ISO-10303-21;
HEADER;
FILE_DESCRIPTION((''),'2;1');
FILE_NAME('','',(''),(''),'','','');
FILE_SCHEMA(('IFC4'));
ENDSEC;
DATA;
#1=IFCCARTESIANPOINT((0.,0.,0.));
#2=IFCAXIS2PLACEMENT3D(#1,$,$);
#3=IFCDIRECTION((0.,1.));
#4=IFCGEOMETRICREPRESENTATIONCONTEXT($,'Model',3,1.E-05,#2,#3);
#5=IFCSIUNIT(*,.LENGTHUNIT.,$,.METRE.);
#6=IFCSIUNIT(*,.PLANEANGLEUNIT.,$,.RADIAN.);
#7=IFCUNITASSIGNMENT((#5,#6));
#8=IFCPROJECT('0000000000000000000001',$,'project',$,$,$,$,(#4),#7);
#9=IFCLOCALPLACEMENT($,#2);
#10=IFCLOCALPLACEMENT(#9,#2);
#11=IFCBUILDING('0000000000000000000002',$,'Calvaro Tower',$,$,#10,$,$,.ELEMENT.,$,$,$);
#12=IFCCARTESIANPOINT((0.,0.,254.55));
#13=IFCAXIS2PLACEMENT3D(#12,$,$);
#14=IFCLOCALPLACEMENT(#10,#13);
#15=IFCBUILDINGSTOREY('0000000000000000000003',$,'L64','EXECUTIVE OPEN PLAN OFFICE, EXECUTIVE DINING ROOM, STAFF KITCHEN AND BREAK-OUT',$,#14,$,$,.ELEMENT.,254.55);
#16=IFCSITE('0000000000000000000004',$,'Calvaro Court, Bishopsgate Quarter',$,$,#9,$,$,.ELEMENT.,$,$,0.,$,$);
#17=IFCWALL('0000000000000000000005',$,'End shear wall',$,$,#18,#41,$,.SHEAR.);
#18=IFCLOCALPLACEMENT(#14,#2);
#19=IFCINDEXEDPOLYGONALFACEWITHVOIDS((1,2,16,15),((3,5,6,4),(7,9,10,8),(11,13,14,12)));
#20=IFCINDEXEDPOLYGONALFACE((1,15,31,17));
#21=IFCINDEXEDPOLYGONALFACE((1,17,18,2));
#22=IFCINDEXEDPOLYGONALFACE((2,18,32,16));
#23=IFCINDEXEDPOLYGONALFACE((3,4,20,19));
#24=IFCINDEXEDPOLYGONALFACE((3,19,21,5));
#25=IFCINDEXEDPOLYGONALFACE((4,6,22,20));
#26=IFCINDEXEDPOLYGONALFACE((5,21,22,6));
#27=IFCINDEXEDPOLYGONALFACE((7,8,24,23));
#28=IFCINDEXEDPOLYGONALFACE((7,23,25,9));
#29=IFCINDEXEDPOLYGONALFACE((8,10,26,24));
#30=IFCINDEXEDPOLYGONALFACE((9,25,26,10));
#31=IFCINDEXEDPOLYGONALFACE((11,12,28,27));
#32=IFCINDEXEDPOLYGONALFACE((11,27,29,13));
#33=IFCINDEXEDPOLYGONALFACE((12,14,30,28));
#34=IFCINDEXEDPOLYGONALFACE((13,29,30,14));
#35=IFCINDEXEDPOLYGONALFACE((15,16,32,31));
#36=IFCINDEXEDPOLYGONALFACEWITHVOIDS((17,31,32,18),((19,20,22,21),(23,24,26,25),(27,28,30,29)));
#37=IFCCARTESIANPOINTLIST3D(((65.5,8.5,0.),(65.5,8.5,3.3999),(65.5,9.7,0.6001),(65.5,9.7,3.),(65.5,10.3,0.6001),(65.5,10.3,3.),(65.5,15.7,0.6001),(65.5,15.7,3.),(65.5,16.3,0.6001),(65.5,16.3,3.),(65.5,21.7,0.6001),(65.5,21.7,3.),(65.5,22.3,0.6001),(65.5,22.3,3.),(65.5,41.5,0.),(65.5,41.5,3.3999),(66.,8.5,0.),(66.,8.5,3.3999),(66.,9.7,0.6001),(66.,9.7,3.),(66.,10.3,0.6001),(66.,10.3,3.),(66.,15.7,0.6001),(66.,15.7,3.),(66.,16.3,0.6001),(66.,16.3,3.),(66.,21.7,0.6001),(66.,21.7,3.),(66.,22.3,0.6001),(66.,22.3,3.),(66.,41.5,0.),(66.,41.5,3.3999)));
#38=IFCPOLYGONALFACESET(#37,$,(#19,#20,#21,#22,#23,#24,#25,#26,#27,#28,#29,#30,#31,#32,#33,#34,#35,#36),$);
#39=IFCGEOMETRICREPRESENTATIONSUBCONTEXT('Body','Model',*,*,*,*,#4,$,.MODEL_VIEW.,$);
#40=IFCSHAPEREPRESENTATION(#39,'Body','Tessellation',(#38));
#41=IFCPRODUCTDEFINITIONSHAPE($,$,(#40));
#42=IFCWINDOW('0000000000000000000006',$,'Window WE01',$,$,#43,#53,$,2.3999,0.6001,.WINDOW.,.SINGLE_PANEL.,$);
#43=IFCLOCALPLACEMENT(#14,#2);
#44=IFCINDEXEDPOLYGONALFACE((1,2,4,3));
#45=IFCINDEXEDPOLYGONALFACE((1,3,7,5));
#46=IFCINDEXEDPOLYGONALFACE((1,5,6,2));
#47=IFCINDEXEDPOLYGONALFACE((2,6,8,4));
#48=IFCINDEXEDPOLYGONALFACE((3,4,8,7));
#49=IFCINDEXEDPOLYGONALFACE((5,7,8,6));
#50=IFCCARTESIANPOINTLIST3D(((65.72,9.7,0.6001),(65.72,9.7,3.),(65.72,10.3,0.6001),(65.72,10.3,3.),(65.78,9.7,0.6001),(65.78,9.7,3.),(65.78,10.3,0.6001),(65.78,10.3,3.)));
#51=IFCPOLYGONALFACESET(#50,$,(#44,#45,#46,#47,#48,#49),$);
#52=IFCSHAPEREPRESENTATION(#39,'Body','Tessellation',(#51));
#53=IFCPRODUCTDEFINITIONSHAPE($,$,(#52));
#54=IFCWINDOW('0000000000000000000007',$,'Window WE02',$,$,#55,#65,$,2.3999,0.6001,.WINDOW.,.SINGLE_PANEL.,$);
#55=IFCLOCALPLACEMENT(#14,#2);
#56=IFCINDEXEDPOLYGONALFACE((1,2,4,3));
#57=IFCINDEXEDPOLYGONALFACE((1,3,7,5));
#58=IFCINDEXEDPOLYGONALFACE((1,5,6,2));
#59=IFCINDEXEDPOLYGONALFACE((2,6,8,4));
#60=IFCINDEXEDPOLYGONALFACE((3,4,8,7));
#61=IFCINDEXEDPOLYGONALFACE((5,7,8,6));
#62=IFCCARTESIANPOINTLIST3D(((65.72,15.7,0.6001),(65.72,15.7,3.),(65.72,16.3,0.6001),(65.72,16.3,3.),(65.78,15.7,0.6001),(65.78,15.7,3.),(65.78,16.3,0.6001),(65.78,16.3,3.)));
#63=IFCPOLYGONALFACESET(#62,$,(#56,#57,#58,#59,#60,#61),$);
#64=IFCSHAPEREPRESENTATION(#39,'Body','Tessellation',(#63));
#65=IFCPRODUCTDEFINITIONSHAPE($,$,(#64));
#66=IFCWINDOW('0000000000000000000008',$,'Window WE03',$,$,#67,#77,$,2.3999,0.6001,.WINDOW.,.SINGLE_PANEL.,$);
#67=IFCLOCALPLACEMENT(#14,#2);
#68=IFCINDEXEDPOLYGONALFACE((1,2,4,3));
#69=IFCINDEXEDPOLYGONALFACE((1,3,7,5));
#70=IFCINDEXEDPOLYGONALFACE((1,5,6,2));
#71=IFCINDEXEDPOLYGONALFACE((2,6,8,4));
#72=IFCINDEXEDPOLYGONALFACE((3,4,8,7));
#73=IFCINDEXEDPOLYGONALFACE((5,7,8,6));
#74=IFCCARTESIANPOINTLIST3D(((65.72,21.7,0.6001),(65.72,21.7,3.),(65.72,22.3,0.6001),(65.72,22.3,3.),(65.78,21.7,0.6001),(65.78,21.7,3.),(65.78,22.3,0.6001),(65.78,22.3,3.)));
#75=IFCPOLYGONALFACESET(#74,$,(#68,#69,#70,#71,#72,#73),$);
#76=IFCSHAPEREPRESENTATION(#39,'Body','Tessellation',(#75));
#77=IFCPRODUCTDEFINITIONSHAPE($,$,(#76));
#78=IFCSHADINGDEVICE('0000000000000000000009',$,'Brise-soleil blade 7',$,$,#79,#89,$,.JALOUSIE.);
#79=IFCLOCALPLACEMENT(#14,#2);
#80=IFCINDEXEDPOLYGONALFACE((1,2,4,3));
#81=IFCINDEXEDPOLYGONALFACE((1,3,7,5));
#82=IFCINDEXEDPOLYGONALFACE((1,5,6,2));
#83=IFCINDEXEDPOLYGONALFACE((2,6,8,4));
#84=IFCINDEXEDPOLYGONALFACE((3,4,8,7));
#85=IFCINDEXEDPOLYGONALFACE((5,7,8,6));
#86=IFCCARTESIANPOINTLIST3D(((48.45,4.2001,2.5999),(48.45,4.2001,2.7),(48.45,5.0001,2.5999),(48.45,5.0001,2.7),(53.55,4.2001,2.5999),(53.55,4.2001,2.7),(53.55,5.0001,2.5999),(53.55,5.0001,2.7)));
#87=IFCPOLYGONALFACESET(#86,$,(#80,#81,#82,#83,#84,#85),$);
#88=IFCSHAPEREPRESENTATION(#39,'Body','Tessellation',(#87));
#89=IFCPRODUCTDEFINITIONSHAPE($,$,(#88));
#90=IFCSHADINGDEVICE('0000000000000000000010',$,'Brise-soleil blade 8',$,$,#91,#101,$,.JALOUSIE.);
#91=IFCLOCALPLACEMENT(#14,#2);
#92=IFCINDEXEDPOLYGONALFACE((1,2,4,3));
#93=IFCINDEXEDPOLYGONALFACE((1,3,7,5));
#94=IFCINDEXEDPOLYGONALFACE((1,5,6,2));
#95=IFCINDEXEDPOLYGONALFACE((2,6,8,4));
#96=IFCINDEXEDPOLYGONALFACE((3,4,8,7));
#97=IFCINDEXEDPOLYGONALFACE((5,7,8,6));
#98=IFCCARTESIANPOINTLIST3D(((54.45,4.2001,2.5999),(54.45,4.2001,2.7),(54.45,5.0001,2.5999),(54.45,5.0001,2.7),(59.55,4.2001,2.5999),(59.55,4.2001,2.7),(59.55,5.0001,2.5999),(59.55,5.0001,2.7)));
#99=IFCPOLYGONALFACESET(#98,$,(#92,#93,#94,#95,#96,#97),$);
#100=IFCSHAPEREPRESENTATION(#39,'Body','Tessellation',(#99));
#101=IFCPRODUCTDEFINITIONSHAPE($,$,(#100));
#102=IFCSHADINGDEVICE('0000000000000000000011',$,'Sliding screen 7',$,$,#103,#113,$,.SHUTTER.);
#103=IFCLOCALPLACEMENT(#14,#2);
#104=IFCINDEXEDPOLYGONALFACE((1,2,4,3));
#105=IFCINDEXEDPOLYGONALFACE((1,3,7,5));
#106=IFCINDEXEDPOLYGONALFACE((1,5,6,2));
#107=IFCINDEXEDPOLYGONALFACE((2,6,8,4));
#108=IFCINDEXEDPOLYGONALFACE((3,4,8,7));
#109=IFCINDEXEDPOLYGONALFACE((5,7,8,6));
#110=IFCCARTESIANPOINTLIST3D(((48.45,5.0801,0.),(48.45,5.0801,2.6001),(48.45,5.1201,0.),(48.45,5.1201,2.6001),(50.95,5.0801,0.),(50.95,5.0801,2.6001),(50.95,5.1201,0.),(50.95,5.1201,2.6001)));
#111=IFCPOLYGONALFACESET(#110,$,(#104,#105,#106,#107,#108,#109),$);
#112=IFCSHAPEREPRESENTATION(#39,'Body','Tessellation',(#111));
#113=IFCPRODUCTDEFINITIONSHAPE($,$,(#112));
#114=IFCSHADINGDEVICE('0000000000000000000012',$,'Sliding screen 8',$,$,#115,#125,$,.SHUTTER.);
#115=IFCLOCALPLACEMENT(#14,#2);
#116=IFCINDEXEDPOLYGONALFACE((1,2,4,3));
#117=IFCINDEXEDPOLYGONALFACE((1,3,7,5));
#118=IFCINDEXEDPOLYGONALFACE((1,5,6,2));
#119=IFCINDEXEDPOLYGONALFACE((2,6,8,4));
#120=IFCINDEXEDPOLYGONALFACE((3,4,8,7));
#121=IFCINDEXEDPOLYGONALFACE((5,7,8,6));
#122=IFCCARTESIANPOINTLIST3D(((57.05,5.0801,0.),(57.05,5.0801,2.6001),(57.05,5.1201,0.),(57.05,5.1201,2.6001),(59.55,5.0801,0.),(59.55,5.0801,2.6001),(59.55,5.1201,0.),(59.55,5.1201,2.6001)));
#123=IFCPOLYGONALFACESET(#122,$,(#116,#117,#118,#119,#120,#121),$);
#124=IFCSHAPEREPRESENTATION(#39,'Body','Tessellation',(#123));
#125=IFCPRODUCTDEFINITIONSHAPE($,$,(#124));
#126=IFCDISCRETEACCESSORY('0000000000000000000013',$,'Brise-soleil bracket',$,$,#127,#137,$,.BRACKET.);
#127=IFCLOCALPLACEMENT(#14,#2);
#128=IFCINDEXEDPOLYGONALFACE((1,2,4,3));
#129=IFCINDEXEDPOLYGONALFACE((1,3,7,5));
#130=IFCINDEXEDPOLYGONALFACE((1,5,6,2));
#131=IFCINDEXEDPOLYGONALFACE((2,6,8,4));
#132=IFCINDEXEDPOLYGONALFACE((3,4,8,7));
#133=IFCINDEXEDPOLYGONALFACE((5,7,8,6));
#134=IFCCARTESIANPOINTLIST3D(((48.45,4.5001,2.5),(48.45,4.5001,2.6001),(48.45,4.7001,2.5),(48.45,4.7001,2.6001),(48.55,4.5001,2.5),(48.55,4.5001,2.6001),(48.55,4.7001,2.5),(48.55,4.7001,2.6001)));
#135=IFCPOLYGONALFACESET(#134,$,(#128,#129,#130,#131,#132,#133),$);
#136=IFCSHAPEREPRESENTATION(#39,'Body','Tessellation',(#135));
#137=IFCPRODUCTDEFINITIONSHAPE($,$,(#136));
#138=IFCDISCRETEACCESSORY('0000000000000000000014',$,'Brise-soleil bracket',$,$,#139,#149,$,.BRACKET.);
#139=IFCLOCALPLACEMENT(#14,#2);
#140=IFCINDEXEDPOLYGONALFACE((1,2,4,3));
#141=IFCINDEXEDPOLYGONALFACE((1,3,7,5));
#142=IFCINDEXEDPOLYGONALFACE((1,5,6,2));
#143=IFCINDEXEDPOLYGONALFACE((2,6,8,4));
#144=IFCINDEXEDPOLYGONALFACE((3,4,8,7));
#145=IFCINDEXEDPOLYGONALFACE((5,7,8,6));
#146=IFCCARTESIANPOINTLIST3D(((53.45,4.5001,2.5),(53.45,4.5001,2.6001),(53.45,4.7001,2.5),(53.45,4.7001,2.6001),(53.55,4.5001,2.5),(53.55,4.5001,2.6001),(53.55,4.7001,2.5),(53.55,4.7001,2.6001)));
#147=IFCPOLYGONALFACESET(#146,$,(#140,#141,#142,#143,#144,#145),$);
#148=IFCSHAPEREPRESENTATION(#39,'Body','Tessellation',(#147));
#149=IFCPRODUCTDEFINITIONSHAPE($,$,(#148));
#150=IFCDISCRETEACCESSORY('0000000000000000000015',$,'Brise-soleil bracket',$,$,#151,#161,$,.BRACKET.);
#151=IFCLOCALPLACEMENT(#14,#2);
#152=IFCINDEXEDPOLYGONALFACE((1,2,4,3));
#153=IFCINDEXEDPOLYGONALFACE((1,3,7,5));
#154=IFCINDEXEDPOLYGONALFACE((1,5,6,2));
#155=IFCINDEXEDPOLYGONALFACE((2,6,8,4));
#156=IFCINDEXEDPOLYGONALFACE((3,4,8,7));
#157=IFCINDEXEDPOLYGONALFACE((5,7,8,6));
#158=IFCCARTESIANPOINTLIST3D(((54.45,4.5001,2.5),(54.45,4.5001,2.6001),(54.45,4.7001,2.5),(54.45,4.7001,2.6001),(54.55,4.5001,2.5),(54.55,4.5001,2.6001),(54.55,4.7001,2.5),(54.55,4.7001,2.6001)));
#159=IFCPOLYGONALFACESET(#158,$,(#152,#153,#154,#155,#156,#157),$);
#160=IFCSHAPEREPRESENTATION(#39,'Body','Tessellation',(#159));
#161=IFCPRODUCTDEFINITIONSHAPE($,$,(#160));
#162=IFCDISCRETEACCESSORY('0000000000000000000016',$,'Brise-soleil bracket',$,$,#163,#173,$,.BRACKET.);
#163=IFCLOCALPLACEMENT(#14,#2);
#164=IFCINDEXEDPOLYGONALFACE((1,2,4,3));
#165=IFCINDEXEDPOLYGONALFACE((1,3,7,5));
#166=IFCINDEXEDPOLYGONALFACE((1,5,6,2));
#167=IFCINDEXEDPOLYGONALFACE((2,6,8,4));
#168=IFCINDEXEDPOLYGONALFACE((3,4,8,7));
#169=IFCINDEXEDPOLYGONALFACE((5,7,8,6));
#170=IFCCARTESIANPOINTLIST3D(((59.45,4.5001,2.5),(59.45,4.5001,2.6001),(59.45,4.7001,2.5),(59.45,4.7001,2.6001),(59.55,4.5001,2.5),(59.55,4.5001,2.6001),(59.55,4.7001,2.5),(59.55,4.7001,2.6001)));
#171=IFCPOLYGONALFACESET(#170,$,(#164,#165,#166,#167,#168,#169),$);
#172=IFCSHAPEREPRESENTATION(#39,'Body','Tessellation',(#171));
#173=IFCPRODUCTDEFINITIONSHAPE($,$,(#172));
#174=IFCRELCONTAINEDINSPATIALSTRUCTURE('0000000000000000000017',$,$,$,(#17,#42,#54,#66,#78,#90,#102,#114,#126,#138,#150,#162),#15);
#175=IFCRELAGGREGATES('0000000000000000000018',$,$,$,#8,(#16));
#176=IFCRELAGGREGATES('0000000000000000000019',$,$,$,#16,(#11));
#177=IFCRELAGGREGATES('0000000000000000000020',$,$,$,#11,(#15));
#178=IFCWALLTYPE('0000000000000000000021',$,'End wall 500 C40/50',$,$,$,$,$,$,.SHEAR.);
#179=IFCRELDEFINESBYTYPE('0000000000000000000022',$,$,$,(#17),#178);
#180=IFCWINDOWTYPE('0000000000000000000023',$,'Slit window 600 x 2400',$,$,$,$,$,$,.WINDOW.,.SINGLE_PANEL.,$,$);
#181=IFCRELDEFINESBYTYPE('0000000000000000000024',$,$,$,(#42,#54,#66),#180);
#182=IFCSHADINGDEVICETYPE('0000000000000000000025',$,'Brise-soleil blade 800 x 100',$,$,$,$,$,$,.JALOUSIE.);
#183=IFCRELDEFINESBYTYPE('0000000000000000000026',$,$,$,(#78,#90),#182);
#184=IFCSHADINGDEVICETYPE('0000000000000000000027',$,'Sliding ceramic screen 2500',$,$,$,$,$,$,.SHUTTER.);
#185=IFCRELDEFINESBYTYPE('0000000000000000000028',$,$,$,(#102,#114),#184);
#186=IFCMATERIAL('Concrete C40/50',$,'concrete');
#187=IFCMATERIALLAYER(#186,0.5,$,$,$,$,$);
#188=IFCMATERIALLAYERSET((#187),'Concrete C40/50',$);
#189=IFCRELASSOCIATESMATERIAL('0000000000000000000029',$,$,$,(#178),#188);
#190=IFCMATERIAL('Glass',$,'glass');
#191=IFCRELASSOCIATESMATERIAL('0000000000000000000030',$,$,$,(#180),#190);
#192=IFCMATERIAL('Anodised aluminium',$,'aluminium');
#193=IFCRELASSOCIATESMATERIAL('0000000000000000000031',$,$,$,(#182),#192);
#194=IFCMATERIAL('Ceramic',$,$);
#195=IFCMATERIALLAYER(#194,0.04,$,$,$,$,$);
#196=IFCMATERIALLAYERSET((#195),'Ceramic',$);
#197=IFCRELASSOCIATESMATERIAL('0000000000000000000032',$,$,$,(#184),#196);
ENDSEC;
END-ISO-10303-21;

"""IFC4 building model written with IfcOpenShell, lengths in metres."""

from ifc_helpers import new_model, si_unit, direction, frame, frame_2d, origin, origin_2d, place, context, subcontext, project, spatial, rectangle, extrude, material, layer, layer_set, material_profile, profile_set, type_object, element, fill, save


model = new_model("IFC4")

# Units and contexts
model_context = context("Model", 3, precision=1e-05, world=origin(), true_north=direction((0.0, 1.0)))
body_context = subcontext(model_context, "Body", "Model", "MODEL_VIEW")
ifc_project = project(units=[si_unit("LENGTHUNIT", "METRE"), si_unit("PLANEANGLEUNIT", "RADIAN")], contexts=[model_context])

# Site, building, storey
site_placement = place(None, origin())
site = spatial("IfcSite", under=ifc_project, at=site_placement, Name="Calvaro Court, Bishopsgate Quarter", CompositionType="ELEMENT", RefElevation=0.0)
building_placement = place(site_placement, origin())
building = spatial("IfcBuilding", under=site, at=building_placement, Name="Calvaro Tower", CompositionType="ELEMENT")
storey_placement = place(building_placement, frame((0.0, 0.0, 254.55)))
storey = spatial("IfcBuildingStorey", under=building, at=storey_placement, Name="L64", Description="EXECUTIVE OPEN PLAN OFFICE, EXECUTIVE DINING ROOM, STAFF KITCHEN AND BREAK-OUT", CompositionType="ELEMENT", Elevation=254.55)

# Wall, openings, windows
ifc_material_1 = material(Name="Concrete C40/50", Category="concrete")
ifc_layer_1 = layer(ifc_material_1, 0.5)
ifc_layer_set_1 = layer_set([ifc_layer_1], Name="Concrete C40/50")
wall_type = type_object("IfcWallType", Name="End wall 500 C40/50", PredefinedType="SHEAR", material=ifc_layer_set_1)
wall_placement = place(storey_placement, frame((65.75, 8.5, 0.0), z_axis=(0.0, 0.0, 1.0), x_axis=(0.0, 1.0, 0.0)))
wall = element("IfcWall", 1, at=wall_placement, inside=storey, type_object=wall_type, Name="End shear wall", PredefinedType="SHEAR", context=body_context, shape_type="SweptSolid", body=[
    extrude(rectangle(XDim=33.0, YDim=0.5, at=frame_2d((16.5, 0.0))), origin(), (0.0, 0.0, 1.0), 3.3999),
])
opening_1_placement = place(wall_placement, frame((1.2, 0.0, 0.6001)))
opening_1 = element("IfcOpeningElement", 2, at=opening_1_placement, cuts=wall, PredefinedType="OPENING", context=body_context, shape_type="SweptSolid", body=[
    extrude(rectangle(XDim=0.6001, YDim=2.3999, at=frame_2d((0.3, 1.2))), frame((0.0, 0.26, 0.0), z_axis=(0.0, -1.0, 0.0), x_axis=(1.0, 0.0, 0.0)), (0.0, 0.0, 1.0), 0.52),
])
opening_2_placement = place(wall_placement, frame((7.2, 0.0, 0.6001)))
opening_2 = element("IfcOpeningElement", 3, at=opening_2_placement, cuts=wall, PredefinedType="OPENING", context=body_context, shape_type="SweptSolid", body=[
    extrude(rectangle(XDim=0.6001, YDim=2.3999, at=frame_2d((0.3, 1.2))), frame((0.0, 0.26, 0.0), z_axis=(0.0, -1.0, 0.0), x_axis=(1.0, 0.0, 0.0)), (0.0, 0.0, 1.0), 0.52),
])
opening_3_placement = place(wall_placement, frame((13.2, 0.0, 0.6001)))
opening_3 = element("IfcOpeningElement", 4, at=opening_3_placement, cuts=wall, PredefinedType="OPENING", context=body_context, shape_type="SweptSolid", body=[
    extrude(rectangle(XDim=0.6001, YDim=2.3999, at=frame_2d((0.3, 1.2))), frame((0.0, 0.26, 0.0), z_axis=(0.0, -1.0, 0.0), x_axis=(1.0, 0.0, 0.0)), (0.0, 0.0, 1.0), 0.52),
])
ifc_material_2 = material(Name="Glass", Category="glass")
window_type = type_object("IfcWindowType", Name="Slit window 600 x 2400", PartitioningType="SINGLE_PANEL", PredefinedType="WINDOW", material=ifc_material_2)
window_1_placement = place(opening_1_placement, origin())
window_1 = element("IfcWindow", 5, at=window_1_placement, inside=storey, type_object=window_type, Name="Window WE01", OverallHeight=2.3999, OverallWidth=0.6001, PartitioningType="SINGLE_PANEL", PredefinedType="WINDOW", context=body_context, shape_type="SweptSolid", body=[
    extrude(rectangle(XDim=0.6001, YDim=2.3999, at=frame_2d((0.3, 1.2))), frame((0.0, 0.03, 0.0), z_axis=(0.0, -1.0, 0.0), x_axis=(1.0, 0.0, 0.0)), (0.0, 0.0, 1.0), 0.0601),
])
fill(opening_1, window_1)
window_2_placement = place(opening_2_placement, origin())
window_2 = element("IfcWindow", 6, at=window_2_placement, inside=storey, type_object=window_type, Name="Window WE02", OverallHeight=2.3999, OverallWidth=0.6001, PartitioningType="SINGLE_PANEL", PredefinedType="WINDOW", context=body_context, shape_type="SweptSolid", body=[
    extrude(rectangle(XDim=0.6001, YDim=2.3999, at=frame_2d((0.3, 1.2))), frame((0.0, 0.03, 0.0), z_axis=(0.0, -1.0, 0.0), x_axis=(1.0, 0.0, 0.0)), (0.0, 0.0, 1.0), 0.0601),
])
fill(opening_2, window_2)
window_3_placement = place(opening_3_placement, origin())
window_3 = element("IfcWindow", 7, at=window_3_placement, inside=storey, type_object=window_type, Name="Window WE03", OverallHeight=2.3999, OverallWidth=0.6001, PartitioningType="SINGLE_PANEL", PredefinedType="WINDOW", context=body_context, shape_type="SweptSolid", body=[
    extrude(rectangle(XDim=0.6001, YDim=2.3999, at=frame_2d((0.3, 1.2))), frame((0.0, 0.03, 0.0), z_axis=(0.0, -1.0, 0.0), x_axis=(1.0, 0.0, 0.0)), (0.0, 0.0, 1.0), 0.0601),
])
fill(opening_3, window_3)

# Shading devices
ifc_material_3 = material(Name="Anodised aluminium", Category="aluminium")
ifc_material_profile_1 = material_profile(ifc_material_3, rectangle(XDim=0.8, YDim=0.1001, at=origin_2d()), Name="Brise-soleil blade 800 x 100")
ifc_profile_set_1 = profile_set([ifc_material_profile_1], Name="Anodised aluminium")
shading_device_type_1 = type_object("IfcShadingDeviceType", Name="Brise-soleil blade 800 x 100", PredefinedType="JALOUSIE", material=ifc_profile_set_1)
for number, where, z_axis, x_axis, name in (
    (8, (48.45, 4.6001, 2.6499), (1.0, 0.0, 0.0), (0.0, 1.0, 0.0), "Brise-soleil blade 7"),
    (9, (54.45, 4.6001, 2.6499), (1.0, 0.0, 0.0), (0.0, 1.0, 0.0), "Brise-soleil blade 8"),
):
    element("IfcShadingDevice", number, at=place(storey_placement, frame(where, z_axis=z_axis, x_axis=x_axis)), inside=storey, type_object=shading_device_type_1, Name=name, PredefinedType="JALOUSIE", context=body_context, shape_type="SweptSolid", body=[
        extrude(rectangle(XDim=0.8, YDim=0.1001, at=origin_2d()), origin(), (0.0, 0.0, 1.0), 5.1001),
    ])
ifc_material_4 = material(Name="Ceramic")
ifc_layer_2 = layer(ifc_material_4, 0.04)
ifc_layer_set_2 = layer_set([ifc_layer_2], Name="Ceramic")
shading_device_type_2 = type_object("IfcShadingDeviceType", Name="Sliding ceramic screen 2500", PredefinedType="SHUTTER", material=ifc_layer_set_2)
for number, where, z_axis, x_axis, name in (
    (10, (49.7, 5.1001, 0.0), (0.0, 0.0, 1.0), (1.0, 0.0, 0.0), "Sliding screen 7"),
    (11, (58.3, 5.1001, 0.0), (0.0, 0.0, 1.0), (1.0, 0.0, 0.0), "Sliding screen 8"),
):
    element("IfcShadingDevice", number, at=place(storey_placement, frame(where, z_axis=z_axis, x_axis=x_axis)), inside=storey, type_object=shading_device_type_2, Name=name, PredefinedType="SHUTTER", context=body_context, shape_type="SweptSolid", body=[
        extrude(rectangle(XDim=2.5, YDim=0.04, at=origin_2d()), origin(), (0.0, 0.0, 1.0), 2.6001),
    ])

# Discrete accessories
for number, where, z_axis, x_axis, name in (
    (12, (48.5, 4.6001, 2.5), (0.0, 0.0, 1.0), (1.0, 0.0, 0.0), "Brise-soleil bracket"),
    (13, (53.5, 4.6001, 2.5), (0.0, 0.0, 1.0), (1.0, 0.0, 0.0), "Brise-soleil bracket"),
    (14, (54.5, 4.6001, 2.5), (0.0, 0.0, 1.0), (1.0, 0.0, 0.0), "Brise-soleil bracket"),
    (15, (59.5, 4.6001, 2.5), (0.0, 0.0, 1.0), (1.0, 0.0, 0.0), "Brise-soleil bracket"),
):
    element("IfcDiscreteAccessory", number, at=place(storey_placement, frame(where, z_axis=z_axis, x_axis=x_axis)), inside=storey, Name=name, PredefinedType="BRACKET", context=body_context, shape_type="SweptSolid", body=[
        extrude(rectangle(XDim=0.1001, YDim=0.2, at=origin_2d()), origin(), (0.0, 0.0, 1.0), 0.1001),
    ])

save(model, "model.ifc")
